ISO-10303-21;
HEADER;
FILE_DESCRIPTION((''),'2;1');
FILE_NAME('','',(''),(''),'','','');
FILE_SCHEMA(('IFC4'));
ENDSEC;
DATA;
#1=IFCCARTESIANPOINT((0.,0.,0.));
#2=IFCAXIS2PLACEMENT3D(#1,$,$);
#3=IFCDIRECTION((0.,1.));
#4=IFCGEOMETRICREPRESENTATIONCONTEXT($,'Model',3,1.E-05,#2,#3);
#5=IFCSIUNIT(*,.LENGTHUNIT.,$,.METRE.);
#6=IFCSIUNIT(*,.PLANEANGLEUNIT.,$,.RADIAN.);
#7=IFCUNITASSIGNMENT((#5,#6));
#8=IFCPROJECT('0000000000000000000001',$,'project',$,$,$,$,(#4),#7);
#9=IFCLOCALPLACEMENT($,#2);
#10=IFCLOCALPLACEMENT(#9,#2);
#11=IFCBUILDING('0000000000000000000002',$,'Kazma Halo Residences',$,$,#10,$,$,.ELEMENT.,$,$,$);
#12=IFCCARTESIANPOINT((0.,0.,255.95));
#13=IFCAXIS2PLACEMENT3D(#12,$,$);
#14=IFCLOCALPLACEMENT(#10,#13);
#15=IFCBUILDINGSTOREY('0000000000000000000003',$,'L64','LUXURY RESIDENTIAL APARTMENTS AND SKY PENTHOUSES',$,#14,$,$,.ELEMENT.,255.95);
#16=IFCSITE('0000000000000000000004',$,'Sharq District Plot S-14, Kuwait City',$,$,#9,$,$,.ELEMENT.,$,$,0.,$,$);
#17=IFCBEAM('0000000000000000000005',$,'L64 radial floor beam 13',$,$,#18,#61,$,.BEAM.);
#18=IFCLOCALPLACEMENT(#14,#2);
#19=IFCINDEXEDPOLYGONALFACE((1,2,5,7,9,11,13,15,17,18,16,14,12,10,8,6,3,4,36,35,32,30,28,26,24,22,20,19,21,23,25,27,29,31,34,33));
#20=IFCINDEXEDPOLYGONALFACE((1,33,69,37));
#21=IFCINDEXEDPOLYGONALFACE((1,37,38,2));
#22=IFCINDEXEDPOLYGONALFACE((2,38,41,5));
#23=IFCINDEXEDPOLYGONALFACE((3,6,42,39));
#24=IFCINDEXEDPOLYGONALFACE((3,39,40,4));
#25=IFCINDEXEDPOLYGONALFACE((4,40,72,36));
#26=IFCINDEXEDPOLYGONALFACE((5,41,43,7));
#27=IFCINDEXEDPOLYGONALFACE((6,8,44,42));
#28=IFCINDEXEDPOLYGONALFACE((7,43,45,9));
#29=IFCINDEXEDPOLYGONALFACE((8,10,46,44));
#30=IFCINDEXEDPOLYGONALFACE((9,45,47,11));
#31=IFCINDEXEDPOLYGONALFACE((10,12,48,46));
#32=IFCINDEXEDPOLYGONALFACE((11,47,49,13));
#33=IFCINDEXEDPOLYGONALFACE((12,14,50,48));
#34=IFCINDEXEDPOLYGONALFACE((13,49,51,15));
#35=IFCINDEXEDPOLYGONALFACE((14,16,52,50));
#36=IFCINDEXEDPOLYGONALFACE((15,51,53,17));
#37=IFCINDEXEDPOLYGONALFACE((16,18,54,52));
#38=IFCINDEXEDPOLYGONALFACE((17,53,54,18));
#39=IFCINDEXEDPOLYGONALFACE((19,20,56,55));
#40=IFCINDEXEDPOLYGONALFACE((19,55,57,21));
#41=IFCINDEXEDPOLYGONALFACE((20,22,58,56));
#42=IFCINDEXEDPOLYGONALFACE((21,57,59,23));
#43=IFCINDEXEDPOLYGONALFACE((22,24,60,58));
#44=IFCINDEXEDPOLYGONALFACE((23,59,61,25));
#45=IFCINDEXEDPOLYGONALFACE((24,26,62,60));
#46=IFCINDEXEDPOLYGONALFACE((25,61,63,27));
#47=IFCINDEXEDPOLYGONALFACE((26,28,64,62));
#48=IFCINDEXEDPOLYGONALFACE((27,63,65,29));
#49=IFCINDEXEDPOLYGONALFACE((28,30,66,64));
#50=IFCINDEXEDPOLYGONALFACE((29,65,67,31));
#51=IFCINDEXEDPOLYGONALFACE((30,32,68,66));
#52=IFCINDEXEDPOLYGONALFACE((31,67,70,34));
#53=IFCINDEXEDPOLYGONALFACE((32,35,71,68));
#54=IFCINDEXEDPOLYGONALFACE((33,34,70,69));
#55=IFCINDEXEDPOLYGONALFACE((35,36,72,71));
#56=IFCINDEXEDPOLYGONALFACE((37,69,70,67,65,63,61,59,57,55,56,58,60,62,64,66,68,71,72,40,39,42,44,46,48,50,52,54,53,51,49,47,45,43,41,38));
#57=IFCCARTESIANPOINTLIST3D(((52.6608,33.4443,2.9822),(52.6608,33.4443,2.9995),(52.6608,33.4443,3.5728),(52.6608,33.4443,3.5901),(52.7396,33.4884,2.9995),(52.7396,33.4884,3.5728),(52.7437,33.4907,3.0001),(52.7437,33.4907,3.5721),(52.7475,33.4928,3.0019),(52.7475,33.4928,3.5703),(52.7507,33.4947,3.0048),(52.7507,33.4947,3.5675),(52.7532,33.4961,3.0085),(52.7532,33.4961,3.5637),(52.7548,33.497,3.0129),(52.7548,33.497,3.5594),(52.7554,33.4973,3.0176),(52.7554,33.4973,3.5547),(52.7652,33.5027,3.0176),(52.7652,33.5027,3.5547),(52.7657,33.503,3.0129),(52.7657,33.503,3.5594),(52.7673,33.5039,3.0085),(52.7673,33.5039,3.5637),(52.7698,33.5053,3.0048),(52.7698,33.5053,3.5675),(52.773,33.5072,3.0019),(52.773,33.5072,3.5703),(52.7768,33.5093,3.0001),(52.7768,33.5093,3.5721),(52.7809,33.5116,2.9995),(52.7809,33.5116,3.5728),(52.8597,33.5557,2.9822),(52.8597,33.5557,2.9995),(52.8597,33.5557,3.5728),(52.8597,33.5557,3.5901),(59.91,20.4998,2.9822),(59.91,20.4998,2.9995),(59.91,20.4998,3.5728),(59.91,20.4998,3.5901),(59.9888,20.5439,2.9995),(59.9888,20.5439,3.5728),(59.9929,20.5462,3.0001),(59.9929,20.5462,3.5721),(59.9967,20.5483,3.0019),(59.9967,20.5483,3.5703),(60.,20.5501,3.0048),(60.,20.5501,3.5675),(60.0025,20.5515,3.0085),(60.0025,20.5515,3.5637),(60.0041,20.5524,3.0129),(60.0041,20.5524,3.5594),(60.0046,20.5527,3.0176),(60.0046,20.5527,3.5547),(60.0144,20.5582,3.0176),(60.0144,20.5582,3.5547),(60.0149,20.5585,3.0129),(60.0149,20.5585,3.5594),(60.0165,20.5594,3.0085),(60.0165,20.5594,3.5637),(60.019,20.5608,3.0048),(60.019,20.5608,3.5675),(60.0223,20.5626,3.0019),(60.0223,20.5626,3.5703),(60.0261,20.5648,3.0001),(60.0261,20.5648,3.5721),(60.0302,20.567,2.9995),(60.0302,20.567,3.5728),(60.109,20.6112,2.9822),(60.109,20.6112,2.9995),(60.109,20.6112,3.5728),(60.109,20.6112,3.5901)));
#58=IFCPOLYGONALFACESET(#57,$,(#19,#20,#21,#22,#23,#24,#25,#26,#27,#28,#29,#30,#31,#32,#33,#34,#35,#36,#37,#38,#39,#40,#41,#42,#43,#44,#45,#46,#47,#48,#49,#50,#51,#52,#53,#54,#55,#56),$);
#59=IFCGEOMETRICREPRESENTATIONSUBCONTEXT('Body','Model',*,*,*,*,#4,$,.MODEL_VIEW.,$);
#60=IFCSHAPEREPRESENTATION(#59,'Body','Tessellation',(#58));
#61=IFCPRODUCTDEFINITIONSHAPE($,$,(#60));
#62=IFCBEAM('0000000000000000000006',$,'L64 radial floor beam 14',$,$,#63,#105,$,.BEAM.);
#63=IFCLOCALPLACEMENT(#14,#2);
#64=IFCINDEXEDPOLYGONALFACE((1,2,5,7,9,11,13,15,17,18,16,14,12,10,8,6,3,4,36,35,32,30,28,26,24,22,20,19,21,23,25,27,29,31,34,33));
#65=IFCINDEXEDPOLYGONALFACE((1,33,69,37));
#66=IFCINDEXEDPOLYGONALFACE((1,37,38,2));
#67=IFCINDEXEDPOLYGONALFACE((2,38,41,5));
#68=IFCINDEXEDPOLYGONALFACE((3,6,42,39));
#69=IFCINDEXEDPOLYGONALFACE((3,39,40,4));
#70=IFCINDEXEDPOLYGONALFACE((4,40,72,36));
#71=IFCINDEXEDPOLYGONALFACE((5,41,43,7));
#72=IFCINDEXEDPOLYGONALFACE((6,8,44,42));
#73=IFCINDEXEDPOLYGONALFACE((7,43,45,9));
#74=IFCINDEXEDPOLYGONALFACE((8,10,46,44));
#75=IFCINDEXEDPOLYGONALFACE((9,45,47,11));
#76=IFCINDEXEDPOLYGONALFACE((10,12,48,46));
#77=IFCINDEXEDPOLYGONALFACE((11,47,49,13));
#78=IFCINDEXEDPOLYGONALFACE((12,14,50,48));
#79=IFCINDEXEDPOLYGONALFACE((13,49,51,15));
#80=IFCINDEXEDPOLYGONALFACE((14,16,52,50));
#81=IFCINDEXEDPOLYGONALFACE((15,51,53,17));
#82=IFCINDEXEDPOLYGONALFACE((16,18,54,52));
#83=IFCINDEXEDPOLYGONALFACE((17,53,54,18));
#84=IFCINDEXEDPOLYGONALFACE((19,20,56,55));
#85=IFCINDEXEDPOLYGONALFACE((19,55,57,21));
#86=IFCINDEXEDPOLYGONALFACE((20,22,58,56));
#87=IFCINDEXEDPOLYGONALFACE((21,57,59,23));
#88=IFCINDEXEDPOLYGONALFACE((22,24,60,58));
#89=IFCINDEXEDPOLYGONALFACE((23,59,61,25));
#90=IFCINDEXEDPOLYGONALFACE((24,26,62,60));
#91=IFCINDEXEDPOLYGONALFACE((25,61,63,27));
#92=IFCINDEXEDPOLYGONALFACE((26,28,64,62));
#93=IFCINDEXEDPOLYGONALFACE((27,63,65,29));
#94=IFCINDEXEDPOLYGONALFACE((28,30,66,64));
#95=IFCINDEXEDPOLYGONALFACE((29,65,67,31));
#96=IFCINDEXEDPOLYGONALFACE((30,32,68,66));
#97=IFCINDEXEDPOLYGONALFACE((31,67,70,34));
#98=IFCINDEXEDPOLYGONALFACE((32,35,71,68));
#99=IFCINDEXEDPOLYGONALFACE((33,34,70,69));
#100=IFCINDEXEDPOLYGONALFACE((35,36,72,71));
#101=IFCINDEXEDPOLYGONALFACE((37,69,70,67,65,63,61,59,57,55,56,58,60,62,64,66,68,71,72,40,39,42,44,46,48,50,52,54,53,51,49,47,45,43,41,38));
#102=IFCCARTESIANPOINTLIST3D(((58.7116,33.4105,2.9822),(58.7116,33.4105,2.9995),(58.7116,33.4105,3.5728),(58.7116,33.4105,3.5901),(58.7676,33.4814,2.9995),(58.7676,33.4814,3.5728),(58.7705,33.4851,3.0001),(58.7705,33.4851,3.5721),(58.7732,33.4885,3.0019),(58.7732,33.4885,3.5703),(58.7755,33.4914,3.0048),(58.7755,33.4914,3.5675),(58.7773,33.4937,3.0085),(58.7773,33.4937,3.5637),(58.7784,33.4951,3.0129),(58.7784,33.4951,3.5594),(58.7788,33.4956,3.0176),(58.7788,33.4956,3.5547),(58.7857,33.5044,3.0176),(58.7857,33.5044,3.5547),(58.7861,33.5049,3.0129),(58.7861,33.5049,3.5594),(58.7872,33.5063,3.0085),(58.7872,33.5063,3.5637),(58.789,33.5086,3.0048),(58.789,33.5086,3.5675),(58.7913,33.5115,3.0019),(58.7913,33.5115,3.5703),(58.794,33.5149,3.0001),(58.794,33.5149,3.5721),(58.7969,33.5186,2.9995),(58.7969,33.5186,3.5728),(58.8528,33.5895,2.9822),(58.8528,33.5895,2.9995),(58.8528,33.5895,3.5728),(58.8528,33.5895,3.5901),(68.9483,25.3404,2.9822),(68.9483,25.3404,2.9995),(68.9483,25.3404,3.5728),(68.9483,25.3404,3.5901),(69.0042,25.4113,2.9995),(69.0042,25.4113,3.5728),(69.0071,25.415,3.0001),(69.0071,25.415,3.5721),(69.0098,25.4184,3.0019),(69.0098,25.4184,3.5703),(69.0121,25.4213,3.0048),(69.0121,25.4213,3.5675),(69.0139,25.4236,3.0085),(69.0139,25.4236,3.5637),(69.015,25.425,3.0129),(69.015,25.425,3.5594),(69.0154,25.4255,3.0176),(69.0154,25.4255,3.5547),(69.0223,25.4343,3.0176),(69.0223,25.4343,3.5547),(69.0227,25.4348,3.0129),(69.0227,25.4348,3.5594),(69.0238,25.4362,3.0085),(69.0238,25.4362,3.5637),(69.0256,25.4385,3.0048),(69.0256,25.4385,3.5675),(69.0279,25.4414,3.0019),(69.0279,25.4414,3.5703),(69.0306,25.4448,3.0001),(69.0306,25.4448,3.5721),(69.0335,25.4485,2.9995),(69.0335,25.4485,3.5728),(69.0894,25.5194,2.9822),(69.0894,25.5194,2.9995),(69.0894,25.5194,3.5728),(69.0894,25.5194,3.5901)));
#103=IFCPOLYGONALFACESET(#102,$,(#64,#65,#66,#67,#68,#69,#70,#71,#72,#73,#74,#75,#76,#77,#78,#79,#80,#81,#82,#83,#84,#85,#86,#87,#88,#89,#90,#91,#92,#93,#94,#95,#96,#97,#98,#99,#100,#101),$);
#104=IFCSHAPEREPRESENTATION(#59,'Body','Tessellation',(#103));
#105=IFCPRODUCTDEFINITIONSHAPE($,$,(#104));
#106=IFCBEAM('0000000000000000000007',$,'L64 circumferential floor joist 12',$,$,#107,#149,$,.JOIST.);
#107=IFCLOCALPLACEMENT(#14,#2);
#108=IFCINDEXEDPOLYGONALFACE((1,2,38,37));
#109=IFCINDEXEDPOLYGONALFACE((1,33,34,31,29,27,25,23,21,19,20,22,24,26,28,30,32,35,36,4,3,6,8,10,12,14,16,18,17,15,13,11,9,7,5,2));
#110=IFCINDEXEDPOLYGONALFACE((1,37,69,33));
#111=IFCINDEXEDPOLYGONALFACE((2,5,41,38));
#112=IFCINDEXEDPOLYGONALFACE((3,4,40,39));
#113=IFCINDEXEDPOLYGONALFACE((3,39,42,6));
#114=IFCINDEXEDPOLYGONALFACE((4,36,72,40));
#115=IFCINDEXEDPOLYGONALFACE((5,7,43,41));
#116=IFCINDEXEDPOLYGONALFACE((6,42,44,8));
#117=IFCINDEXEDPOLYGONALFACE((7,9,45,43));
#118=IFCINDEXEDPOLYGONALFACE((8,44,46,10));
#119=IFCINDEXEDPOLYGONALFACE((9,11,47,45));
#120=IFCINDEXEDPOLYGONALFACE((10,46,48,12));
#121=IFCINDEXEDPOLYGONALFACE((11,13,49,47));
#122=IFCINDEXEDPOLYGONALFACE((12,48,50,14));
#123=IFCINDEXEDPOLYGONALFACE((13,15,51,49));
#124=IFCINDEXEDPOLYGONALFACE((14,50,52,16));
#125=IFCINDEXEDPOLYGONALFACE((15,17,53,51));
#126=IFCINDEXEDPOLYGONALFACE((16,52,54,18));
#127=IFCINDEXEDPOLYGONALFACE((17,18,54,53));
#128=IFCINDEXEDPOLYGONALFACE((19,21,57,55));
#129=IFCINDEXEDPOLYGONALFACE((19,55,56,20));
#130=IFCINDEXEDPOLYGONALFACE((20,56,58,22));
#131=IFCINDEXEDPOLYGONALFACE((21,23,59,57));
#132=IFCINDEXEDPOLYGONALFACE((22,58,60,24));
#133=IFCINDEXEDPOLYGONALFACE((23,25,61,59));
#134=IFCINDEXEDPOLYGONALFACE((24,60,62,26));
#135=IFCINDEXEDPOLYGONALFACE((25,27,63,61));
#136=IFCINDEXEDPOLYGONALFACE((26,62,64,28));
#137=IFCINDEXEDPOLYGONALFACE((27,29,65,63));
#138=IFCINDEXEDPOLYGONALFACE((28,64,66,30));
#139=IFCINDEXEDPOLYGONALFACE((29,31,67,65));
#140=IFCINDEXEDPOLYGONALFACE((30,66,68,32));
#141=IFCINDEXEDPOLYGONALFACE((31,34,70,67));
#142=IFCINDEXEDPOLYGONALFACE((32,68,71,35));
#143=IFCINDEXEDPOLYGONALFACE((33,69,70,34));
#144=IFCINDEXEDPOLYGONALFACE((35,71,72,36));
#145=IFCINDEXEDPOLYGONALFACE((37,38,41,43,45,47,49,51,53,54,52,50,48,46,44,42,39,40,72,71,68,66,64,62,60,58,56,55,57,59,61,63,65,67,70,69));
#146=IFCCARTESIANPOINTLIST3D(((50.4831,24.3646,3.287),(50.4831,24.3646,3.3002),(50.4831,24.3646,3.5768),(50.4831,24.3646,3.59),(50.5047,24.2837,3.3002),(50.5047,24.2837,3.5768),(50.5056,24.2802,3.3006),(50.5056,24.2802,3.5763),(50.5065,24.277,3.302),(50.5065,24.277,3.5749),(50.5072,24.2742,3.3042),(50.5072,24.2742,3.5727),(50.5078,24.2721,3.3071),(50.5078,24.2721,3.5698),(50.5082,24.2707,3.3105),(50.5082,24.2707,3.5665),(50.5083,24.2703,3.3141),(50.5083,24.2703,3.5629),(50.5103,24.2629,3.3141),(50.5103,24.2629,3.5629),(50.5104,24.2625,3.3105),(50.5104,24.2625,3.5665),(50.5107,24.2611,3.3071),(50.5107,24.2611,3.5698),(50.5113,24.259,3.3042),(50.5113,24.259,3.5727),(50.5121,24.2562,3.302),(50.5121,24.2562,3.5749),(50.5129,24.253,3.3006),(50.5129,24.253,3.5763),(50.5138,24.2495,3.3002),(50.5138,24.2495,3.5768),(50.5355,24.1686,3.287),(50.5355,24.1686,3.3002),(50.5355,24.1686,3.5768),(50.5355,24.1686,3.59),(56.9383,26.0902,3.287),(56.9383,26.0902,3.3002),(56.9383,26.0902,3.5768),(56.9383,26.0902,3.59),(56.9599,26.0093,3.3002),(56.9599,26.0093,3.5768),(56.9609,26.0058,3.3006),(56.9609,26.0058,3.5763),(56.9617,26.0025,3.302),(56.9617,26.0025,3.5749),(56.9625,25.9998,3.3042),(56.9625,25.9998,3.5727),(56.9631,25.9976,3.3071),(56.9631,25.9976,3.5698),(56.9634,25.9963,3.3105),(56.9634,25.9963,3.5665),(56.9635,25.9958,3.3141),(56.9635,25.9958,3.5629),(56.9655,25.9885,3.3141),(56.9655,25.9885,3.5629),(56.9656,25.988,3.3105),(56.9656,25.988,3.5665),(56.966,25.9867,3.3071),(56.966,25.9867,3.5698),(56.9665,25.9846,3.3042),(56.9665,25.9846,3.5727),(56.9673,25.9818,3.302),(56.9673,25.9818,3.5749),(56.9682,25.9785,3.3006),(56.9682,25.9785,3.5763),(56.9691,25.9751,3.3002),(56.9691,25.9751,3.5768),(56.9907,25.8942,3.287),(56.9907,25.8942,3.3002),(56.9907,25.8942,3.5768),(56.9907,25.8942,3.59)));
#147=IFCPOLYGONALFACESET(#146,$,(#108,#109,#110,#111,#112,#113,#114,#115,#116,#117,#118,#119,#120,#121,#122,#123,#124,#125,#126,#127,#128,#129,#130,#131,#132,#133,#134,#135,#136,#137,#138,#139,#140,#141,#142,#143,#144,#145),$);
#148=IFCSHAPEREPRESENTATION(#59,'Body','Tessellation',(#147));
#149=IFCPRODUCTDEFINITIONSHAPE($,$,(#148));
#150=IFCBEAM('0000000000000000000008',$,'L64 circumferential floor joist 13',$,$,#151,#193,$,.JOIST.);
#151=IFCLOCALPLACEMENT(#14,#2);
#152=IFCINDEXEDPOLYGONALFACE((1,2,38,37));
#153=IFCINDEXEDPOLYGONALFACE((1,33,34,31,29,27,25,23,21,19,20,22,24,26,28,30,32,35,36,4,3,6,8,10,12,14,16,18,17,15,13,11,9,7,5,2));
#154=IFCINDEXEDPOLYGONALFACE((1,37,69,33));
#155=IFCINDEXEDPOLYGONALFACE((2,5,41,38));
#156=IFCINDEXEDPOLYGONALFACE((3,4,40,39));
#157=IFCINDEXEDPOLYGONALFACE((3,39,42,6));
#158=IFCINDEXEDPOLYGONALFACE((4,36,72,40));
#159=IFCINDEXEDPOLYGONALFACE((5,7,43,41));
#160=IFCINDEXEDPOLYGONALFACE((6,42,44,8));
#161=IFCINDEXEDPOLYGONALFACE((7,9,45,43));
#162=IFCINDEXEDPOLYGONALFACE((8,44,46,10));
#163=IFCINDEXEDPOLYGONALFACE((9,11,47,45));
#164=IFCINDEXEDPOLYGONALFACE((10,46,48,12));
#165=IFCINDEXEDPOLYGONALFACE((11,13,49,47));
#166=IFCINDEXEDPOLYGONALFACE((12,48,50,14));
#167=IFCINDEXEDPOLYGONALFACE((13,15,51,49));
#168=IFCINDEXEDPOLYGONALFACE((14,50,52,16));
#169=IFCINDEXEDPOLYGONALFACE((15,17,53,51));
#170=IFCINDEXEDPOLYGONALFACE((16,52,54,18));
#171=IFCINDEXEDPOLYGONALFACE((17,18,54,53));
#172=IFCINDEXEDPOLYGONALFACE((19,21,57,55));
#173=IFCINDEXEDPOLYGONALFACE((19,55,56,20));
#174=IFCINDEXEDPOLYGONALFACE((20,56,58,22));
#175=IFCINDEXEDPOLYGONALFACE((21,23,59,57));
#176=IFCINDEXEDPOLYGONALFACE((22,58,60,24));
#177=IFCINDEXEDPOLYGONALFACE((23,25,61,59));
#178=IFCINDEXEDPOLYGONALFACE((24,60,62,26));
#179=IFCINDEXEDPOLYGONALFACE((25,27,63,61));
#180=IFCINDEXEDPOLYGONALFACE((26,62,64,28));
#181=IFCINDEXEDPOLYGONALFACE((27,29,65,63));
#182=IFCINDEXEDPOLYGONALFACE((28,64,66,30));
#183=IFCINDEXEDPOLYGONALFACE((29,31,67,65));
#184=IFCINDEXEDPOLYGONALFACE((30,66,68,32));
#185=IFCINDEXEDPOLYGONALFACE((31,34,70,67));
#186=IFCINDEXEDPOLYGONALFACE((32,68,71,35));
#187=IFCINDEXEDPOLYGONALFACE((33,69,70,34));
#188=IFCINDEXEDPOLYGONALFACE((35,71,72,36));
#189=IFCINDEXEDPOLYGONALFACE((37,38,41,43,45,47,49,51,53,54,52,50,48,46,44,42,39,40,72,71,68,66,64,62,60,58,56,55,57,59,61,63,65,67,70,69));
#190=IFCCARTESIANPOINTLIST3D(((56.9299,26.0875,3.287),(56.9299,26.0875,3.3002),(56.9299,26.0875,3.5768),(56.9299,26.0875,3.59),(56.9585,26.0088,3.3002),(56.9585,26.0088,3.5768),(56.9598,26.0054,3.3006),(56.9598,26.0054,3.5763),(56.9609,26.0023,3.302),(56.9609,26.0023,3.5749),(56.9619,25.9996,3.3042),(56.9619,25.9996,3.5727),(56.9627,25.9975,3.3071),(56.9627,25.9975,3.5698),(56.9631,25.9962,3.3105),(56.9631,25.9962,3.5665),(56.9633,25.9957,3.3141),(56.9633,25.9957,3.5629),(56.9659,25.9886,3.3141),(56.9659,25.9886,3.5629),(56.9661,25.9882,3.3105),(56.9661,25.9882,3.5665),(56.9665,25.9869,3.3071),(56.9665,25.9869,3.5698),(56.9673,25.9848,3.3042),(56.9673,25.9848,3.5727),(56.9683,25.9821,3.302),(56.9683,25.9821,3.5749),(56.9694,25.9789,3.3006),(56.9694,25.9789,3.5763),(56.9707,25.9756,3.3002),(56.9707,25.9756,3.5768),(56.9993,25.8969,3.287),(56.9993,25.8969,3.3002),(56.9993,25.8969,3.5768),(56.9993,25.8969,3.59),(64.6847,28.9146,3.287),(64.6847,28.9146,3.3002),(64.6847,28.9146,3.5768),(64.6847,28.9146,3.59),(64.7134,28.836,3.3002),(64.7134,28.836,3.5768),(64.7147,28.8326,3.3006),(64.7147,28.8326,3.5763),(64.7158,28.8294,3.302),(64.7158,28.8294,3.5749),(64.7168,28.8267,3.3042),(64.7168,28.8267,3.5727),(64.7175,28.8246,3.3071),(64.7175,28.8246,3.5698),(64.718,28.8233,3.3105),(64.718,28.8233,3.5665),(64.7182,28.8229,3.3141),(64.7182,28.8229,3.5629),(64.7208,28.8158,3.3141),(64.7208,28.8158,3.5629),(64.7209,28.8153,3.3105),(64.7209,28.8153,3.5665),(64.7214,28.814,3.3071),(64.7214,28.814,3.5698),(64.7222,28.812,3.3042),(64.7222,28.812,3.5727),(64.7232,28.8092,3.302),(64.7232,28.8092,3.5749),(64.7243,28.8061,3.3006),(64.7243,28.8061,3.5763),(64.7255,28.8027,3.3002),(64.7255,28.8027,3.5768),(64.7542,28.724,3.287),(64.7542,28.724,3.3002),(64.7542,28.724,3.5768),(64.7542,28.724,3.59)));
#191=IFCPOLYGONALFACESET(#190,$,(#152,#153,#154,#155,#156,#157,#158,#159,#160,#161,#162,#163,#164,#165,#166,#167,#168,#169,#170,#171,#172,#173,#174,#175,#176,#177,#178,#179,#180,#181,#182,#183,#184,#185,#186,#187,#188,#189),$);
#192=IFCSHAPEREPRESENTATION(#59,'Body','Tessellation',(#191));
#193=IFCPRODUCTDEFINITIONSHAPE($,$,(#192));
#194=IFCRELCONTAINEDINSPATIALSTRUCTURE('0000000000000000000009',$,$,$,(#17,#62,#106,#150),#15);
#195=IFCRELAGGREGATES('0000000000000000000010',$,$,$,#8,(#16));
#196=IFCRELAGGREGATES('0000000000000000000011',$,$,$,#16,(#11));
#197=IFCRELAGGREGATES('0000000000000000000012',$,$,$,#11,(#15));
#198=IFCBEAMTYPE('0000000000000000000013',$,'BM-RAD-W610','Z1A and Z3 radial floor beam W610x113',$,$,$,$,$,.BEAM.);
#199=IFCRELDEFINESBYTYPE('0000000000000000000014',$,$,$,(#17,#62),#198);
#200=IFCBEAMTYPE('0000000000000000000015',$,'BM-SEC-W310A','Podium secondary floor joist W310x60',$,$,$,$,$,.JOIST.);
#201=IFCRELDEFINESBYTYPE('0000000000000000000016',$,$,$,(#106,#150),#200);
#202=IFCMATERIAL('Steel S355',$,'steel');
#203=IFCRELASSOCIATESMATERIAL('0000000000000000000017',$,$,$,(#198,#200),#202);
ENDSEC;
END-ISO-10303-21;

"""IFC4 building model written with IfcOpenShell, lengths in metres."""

from ifc_helpers import new_model, si_unit, direction, frame, origin, origin_2d, place, context, subcontext, project, spatial, i_section, extrude, material, material_profile, profile_set, type_object, element, save


model = new_model("IFC4")

# Units and contexts
model_context = context("Model", 3, precision=1e-05, world=origin(), true_north=direction((0.0, 1.0)))
body_context = subcontext(model_context, "Body", "Model", "MODEL_VIEW")
ifc_project = project(units=[si_unit("LENGTHUNIT", "METRE"), si_unit("PLANEANGLEUNIT", "RADIAN")], contexts=[model_context])

# Site, building, storey
site_placement = place(None, origin())
site = spatial("IfcSite", under=ifc_project, at=site_placement, Name="Sharq District Plot S-14, Kuwait City", CompositionType="ELEMENT", RefElevation=0.0)
building_placement = place(site_placement, origin())
building = spatial("IfcBuilding", under=site, at=building_placement, Name="Kazma Halo Residences", CompositionType="ELEMENT")
storey_placement = place(building_placement, frame((0.0, 0.0, 255.95)))
storey = spatial("IfcBuildingStorey", under=building, at=storey_placement, Name="L64", Description="LUXURY RESIDENTIAL APARTMENTS AND SKY PENTHOUSES", CompositionType="ELEMENT", Elevation=255.95)

# Beams
ifc_material_1 = material(Name="Steel S355", Category="steel")
ifc_material_profile_1 = material_profile(ifc_material_1, i_section(OverallWidth=0.228, OverallDepth=0.6079, WebThickness=0.0112, FlangeThickness=0.0173, FilletRadius=0.0181, at=origin_2d()), Name="W610x113")
ifc_profile_set_1 = profile_set([ifc_material_profile_1], Name="Steel S355")
beam_type_1 = type_object("IfcBeamType", Name="BM-RAD-W610", Description="Z1A and Z3 radial floor beam W610x113", PredefinedType="BEAM", material=ifc_profile_set_1)
beam_1_placement = place(storey_placement, frame((52.7603, 33.5, 3.2861), z_axis=(0.488619, -0.872497, 0.0), x_axis=(0.872497, 0.488619, 0.0)))
element("IfcBeam", 1, at=beam_1_placement, inside=storey, type_object=beam_type_1, Name="L64 radial floor beam 13", PredefinedType="BEAM", context=body_context, shape_type="SweptSolid", body=[
    extrude(i_section(OverallWidth=0.228, OverallDepth=0.6079, WebThickness=0.0112, FlangeThickness=0.0173, FilletRadius=0.0181, at=origin_2d()), origin(), (0.0, 0.0, 1.0), 14.8362),
])
beam_2_placement = place(storey_placement, frame((58.7822, 33.5, 3.2861), z_axis=(0.785309, -0.619104, 0.0), x_axis=(0.619104, 0.785309, 0.0)))
element("IfcBeam", 2, at=beam_2_placement, inside=storey, type_object=beam_type_1, Name="L64 radial floor beam 14", PredefinedType="BEAM", context=body_context, shape_type="SweptSolid", body=[
    extrude(i_section(OverallWidth=0.228, OverallDepth=0.6079, WebThickness=0.0112, FlangeThickness=0.0173, FilletRadius=0.0181, at=origin_2d()), origin(), (0.0, 0.0, 1.0), 13.0352),
])
ifc_material_profile_2 = material_profile(ifc_material_1, i_section(OverallWidth=0.2029, OverallDepth=0.303, WebThickness=0.0076, FlangeThickness=0.0132, FilletRadius=0.0139, at=origin_2d()), Name="W310x60")
ifc_profile_set_2 = profile_set([ifc_material_profile_2], Name="Steel S355")
beam_type_2 = type_object("IfcBeamType", Name="BM-SEC-W310A", Description="Podium secondary floor joist W310x60", PredefinedType="JOIST", material=ifc_profile_set_2)
beam_3_placement = place(storey_placement, frame((50.5093, 24.2666, 3.4385), z_axis=(0.96608, 0.258245, 0.0), x_axis=(-0.258245, 0.96608, 0.0)))
element("IfcBeam", 3, at=beam_3_placement, inside=storey, type_object=beam_type_2, Name="L64 circumferential floor joist 12", PredefinedType="JOIST", context=body_context, shape_type="SweptSolid", body=[
    extrude(i_section(OverallWidth=0.2029, OverallDepth=0.303, WebThickness=0.0076, FlangeThickness=0.0132, FilletRadius=0.0139, at=origin_2d()), origin(), (0.0, 0.0, 1.0), 6.6819),
])
beam_4_placement = place(storey_placement, frame((56.9646, 25.9922, 3.4385), z_axis=(0.939513, 0.342512, 0.0), x_axis=(-0.342512, 0.939513, 0.0)))
element("IfcBeam", 4, at=beam_4_placement, inside=storey, type_object=beam_type_2, Name="L64 circumferential floor joist 13", PredefinedType="JOIST", context=body_context, shape_type="SweptSolid", body=[
    extrude(i_section(OverallWidth=0.2029, OverallDepth=0.303, WebThickness=0.0076, FlangeThickness=0.0132, FilletRadius=0.0139, at=origin_2d()), origin(), (0.0, 0.0, 1.0), 8.2542),
])

save(model, "model.ifc")
